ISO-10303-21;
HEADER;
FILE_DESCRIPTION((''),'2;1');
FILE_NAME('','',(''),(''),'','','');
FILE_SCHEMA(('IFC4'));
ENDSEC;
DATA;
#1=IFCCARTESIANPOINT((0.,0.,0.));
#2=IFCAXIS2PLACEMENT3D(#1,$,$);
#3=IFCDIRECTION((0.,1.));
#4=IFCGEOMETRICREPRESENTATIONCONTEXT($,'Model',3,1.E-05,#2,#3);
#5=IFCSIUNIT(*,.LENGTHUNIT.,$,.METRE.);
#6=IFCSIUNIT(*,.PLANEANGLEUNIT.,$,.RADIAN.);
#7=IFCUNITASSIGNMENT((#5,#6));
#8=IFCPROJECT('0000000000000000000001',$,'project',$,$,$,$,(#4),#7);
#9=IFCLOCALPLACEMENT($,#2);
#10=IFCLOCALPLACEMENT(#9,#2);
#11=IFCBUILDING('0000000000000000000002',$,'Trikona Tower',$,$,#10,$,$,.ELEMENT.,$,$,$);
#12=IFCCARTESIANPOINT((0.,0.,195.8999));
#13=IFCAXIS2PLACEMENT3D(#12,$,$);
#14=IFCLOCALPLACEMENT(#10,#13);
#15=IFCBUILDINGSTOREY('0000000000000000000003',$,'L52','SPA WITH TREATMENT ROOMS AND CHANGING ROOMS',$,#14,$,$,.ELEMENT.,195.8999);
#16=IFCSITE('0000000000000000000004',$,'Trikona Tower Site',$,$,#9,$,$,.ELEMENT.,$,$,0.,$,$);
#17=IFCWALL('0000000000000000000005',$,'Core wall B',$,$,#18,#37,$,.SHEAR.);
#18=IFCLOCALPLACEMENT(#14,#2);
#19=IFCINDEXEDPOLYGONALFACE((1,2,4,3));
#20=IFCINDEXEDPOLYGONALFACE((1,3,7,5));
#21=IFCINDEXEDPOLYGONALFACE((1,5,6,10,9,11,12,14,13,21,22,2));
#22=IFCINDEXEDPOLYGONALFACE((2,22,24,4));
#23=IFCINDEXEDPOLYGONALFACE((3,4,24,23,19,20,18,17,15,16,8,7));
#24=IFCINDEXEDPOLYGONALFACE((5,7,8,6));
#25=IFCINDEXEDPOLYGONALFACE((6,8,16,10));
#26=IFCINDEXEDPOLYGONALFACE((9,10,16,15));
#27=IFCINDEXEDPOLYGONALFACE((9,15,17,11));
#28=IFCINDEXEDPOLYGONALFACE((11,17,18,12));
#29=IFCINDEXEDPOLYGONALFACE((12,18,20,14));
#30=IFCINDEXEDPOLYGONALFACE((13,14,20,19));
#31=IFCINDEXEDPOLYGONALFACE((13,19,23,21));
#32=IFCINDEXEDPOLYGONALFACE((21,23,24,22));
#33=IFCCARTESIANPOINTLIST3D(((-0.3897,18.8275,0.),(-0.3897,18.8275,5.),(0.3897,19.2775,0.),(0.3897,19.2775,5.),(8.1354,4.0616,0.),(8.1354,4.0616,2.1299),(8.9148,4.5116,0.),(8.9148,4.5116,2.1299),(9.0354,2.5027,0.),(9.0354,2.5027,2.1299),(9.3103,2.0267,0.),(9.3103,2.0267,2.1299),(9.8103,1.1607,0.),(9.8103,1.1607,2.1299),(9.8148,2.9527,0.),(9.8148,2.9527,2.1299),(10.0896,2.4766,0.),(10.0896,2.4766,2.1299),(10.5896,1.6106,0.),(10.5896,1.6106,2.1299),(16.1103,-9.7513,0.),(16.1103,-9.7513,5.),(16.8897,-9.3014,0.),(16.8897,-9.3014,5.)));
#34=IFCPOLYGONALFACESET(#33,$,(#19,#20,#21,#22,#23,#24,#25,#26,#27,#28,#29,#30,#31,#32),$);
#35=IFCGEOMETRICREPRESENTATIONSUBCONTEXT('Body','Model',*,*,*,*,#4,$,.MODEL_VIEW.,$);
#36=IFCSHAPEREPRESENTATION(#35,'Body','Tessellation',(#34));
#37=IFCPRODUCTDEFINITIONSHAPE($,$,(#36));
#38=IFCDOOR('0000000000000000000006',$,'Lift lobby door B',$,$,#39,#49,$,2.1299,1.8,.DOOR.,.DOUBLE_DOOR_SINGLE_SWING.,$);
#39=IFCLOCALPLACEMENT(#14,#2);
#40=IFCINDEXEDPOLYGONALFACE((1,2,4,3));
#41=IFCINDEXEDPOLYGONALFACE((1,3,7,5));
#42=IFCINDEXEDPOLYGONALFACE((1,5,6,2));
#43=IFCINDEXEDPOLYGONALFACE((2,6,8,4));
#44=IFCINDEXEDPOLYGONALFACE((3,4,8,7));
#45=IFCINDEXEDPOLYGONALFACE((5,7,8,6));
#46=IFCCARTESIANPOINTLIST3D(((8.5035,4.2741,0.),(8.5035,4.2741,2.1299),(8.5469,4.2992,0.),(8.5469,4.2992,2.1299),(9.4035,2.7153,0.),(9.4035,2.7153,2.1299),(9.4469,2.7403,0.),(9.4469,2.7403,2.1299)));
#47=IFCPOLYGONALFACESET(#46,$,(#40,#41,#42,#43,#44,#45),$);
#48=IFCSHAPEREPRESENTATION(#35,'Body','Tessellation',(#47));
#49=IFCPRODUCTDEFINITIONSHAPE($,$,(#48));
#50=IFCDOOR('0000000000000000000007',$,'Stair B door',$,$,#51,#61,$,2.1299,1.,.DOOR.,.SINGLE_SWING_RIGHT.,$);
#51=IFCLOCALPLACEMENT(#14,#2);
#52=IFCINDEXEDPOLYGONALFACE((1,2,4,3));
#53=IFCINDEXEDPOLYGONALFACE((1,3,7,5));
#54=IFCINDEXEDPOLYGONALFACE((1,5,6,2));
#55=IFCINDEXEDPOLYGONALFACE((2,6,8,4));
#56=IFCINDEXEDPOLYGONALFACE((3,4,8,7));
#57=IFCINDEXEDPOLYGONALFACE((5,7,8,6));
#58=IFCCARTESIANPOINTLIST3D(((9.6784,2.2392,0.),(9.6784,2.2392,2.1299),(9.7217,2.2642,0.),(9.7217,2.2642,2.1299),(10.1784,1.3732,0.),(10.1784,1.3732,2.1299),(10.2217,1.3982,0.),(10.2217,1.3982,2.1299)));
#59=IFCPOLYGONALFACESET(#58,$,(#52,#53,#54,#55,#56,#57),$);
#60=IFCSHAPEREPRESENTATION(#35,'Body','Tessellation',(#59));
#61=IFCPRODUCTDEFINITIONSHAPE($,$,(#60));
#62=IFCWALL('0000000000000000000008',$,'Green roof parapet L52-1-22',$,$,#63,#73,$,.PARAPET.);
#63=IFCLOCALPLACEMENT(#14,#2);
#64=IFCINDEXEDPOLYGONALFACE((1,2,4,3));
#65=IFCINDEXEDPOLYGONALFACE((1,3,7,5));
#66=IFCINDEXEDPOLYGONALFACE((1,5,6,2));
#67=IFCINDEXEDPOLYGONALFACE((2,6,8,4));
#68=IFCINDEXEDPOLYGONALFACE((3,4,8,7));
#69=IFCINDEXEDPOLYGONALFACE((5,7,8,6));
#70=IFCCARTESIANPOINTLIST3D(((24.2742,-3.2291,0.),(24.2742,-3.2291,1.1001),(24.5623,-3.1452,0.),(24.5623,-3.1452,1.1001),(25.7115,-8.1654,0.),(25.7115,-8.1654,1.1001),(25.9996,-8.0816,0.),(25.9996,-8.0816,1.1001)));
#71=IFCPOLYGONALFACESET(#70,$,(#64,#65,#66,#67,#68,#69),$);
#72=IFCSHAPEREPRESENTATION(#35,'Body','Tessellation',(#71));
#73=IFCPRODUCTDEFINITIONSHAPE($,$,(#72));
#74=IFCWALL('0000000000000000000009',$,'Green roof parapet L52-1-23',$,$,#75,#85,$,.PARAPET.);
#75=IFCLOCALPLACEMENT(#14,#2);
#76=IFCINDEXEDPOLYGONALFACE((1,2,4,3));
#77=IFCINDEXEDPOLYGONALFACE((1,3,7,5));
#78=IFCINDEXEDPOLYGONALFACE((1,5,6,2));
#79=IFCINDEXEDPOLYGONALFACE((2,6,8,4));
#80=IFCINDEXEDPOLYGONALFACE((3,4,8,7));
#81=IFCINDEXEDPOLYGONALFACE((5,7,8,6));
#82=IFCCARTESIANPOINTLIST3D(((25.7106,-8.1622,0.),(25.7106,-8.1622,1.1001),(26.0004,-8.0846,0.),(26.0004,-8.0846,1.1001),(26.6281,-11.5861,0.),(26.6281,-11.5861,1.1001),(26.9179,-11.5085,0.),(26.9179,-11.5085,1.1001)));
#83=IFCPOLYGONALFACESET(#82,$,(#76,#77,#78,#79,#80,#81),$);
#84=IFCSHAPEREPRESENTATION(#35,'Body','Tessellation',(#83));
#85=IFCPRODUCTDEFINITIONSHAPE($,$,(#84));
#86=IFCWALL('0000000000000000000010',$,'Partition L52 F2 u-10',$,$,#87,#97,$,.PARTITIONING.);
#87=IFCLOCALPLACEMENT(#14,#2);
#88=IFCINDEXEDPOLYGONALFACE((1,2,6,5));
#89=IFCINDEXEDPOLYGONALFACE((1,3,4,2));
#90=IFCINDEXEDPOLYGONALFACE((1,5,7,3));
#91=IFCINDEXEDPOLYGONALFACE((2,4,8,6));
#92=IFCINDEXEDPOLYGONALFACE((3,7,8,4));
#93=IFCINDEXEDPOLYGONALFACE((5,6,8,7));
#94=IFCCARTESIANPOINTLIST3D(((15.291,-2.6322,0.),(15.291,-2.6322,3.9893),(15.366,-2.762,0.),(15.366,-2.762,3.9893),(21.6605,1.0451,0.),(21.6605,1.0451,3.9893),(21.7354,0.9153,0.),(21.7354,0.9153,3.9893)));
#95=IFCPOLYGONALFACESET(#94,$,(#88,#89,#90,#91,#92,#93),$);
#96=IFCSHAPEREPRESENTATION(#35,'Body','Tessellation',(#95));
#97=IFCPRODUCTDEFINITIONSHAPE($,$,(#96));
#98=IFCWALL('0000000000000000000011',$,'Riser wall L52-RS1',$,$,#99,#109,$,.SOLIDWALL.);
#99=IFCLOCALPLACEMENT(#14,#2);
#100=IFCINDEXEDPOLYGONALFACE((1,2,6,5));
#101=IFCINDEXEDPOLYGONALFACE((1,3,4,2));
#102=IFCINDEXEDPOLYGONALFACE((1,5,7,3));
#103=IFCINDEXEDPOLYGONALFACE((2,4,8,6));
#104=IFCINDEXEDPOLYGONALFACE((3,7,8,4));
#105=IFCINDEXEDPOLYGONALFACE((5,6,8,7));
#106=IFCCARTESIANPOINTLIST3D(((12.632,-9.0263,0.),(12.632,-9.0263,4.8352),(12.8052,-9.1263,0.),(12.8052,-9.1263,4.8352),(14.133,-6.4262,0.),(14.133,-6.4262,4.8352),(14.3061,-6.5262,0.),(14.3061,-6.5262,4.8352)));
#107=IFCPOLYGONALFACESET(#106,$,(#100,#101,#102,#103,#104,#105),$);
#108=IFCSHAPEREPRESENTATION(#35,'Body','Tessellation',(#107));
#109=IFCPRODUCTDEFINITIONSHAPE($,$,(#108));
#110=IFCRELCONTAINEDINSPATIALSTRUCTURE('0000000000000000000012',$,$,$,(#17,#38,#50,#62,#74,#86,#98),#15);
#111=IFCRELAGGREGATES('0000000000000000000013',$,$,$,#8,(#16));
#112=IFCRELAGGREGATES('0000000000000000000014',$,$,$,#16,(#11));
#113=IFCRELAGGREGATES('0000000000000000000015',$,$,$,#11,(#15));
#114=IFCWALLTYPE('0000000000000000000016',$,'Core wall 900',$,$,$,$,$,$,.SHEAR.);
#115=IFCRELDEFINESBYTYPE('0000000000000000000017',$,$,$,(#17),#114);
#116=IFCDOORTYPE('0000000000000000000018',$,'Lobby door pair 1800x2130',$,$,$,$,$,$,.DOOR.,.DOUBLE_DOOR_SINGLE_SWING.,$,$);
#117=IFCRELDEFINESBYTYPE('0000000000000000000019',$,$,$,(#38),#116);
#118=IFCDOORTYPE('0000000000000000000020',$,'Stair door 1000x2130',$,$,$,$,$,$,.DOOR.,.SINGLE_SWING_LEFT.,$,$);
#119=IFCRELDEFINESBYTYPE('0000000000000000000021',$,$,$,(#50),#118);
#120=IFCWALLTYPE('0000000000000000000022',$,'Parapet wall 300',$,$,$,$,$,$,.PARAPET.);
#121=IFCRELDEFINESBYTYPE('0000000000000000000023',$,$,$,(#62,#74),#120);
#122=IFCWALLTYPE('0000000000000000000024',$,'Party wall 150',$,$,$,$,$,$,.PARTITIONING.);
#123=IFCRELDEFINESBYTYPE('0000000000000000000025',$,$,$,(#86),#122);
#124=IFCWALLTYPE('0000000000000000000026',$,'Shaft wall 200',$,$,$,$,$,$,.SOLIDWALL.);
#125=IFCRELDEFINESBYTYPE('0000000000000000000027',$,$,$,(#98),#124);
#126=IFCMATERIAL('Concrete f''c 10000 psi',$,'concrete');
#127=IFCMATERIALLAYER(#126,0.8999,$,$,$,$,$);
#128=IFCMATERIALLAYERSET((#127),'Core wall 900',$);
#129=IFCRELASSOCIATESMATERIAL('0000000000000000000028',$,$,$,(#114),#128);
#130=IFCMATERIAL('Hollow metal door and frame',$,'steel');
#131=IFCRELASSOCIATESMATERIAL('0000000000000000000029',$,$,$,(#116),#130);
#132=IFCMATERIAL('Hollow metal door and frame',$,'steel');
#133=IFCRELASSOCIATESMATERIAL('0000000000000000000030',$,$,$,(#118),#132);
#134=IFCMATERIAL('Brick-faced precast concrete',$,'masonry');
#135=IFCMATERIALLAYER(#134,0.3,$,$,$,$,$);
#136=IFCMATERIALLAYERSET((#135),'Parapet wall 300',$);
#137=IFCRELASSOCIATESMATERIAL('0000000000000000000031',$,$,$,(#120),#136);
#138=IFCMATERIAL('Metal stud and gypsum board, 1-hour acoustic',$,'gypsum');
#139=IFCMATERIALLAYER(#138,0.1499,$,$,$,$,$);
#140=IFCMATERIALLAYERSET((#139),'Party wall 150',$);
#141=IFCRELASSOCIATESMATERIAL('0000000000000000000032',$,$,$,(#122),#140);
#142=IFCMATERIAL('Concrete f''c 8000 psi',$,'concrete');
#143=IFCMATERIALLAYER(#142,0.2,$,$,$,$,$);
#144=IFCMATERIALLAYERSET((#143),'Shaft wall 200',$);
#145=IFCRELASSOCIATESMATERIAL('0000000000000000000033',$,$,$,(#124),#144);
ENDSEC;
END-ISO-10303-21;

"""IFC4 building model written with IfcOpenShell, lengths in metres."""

from ifc_helpers import new_model, si_unit, direction, frame, frame_2d, origin, place, context, subcontext, project, spatial, rectangle, extrude, material, layer, layer_set, type_object, element, fill, save


model = new_model("IFC4")

# Units and contexts
model_context = context("Model", 3, precision=1e-05, world=origin(), true_north=direction((0.0, 1.0)))
body_context = subcontext(model_context, "Body", "Model", "MODEL_VIEW")
ifc_project = project(units=[si_unit("LENGTHUNIT", "METRE"), si_unit("PLANEANGLEUNIT", "RADIAN")], contexts=[model_context])

# Site, building, storey
site_placement = place(None, origin())
site = spatial("IfcSite", under=ifc_project, at=site_placement, Name="Trikona Tower Site", CompositionType="ELEMENT", RefElevation=0.0)
building_placement = place(site_placement, origin())
building = spatial("IfcBuilding", under=site, at=building_placement, Name="Trikona Tower", CompositionType="ELEMENT")
storey_placement = place(building_placement, frame((0.0, 0.0, 195.8999)))
storey = spatial("IfcBuildingStorey", under=building, at=storey_placement, Name="L52", Description="SPA WITH TREATMENT ROOMS AND CHANGING ROOMS", CompositionType="ELEMENT", Elevation=195.8999)

# Wall, openings, doors
ifc_material_1 = material(Name="Concrete f'c 10000 psi", Category="concrete")
ifc_layer_1 = layer(ifc_material_1, 0.8999)
ifc_layer_set_1 = layer_set([ifc_layer_1], Name="Core wall 900")
wall_type_1 = type_object("IfcWallType", Name="Core wall 900", PredefinedType="SHEAR", material=ifc_layer_set_1)
wall_1_placement = place(storey_placement, frame((16.5, -9.5264, 0.0), z_axis=(0.0, 0.0, 1.0), x_axis=(-0.5, 0.866026, 0.0)))
wall_1 = element("IfcWall", 1, at=wall_1_placement, inside=storey, type_object=wall_type_1, Name="Core wall B", PredefinedType="SHEAR", context=body_context, shape_type="SweptSolid", body=[
    extrude(rectangle(XDim=33.0, YDim=0.8999, at=frame_2d((16.5, 0.0))), origin(), (0.0, 0.0, 1.0), 5.0),
])
opening_1_placement = place(wall_1_placement, frame((14.1499, 0.0, 0.0)))
opening_1 = element("IfcOpeningElement", 2, at=opening_1_placement, cuts=wall_1, PredefinedType="OPENING", context=body_context, shape_type="SweptSolid", body=[
    extrude(rectangle(XDim=1.8, YDim=2.1299, at=frame_2d((0.8999, 1.0649))), frame((0.0, 0.46, 0.0), z_axis=(0.0, -1.0, 0.0), x_axis=(1.0, 0.0, 0.0)), (0.0, 0.0, 1.0), 0.9199),
])
opening_2_placement = place(wall_1_placement, frame((12.6001, 0.0, 0.0)))
opening_2 = element("IfcOpeningElement", 3, at=opening_2_placement, cuts=wall_1, PredefinedType="OPENING", context=body_context, shape_type="SweptSolid", body=[
    extrude(rectangle(XDim=1.0, YDim=2.1299, at=frame_2d((0.5, 1.0649))), frame((0.0, 0.46, 0.0), z_axis=(0.0, -1.0, 0.0), x_axis=(1.0, 0.0, 0.0)), (0.0, 0.0, 1.0), 0.9199),
])
ifc_material_2 = material(Name="Hollow metal door and frame", Category="steel")
door_type_1 = type_object("IfcDoorType", Name="Lobby door pair 1800x2130", OperationType="DOUBLE_DOOR_SINGLE_SWING", PredefinedType="DOOR", material=ifc_material_2)
door_1_placement = place(opening_1_placement, origin())
door_1 = element("IfcDoor", 4, at=door_1_placement, inside=storey, type_object=door_type_1, Name="Lift lobby door B", OperationType="DOUBLE_DOOR_SINGLE_SWING", OverallHeight=2.1299, OverallWidth=1.8, PredefinedType="DOOR", context=body_context, shape_type="SweptSolid", body=[
    extrude(rectangle(XDim=1.8, YDim=2.1299, at=frame_2d((0.8999, 1.0649))), frame((0.0, 0.0249, 0.0), z_axis=(0.0, -1.0, 0.0), x_axis=(1.0, 0.0, 0.0)), (0.0, 0.0, 1.0), 0.05),
])
fill(opening_1, door_1)
ifc_material_3 = material(Name="Hollow metal door and frame", Category="steel")
door_type_2 = type_object("IfcDoorType", Name="Stair door 1000x2130", OperationType="SINGLE_SWING_LEFT", PredefinedType="DOOR", material=ifc_material_3)
door_2_placement = place(opening_2_placement, origin())
door_2 = element("IfcDoor", 5, at=door_2_placement, inside=storey, type_object=door_type_2, Name="Stair B door", OperationType="SINGLE_SWING_RIGHT", OverallHeight=2.1299, OverallWidth=1.0, PredefinedType="DOOR", context=body_context, shape_type="SweptSolid", body=[
    extrude(rectangle(XDim=1.0, YDim=2.1299, at=frame_2d((0.5, 1.0649))), frame((0.0, 0.0249, 0.0), z_axis=(0.0, -1.0, 0.0), x_axis=(1.0, 0.0, 0.0)), (0.0, 0.0, 1.0), 0.05),
])
fill(opening_2, door_2)

# Walls
ifc_material_4 = material(Name="Brick-faced precast concrete", Category="masonry")
ifc_layer_2 = layer(ifc_material_4, 0.3)
ifc_layer_set_2 = layer_set([ifc_layer_2], Name="Parapet wall 300")
wall_type_2 = type_object("IfcWallType", Name="Parapet wall 300", PredefinedType="PARAPET", material=ifc_layer_set_2)
wall_2_placement = place(storey_placement, frame((24.4182, -3.187, 0.0), z_axis=(0.0, 0.0, 1.0), x_axis=(0.279553, -0.96013, 0.0)))
element("IfcWall", 6, at=wall_2_placement, inside=storey, type_object=wall_type_2, Name="Green roof parapet L52-1-22", PredefinedType="PARAPET", context=body_context, shape_type="SweptSolid", body=[
    extrude(rectangle(XDim=5.1414, YDim=0.3, at=frame_2d((2.5708, 0.0))), origin(), (0.0, 0.0, 1.0), 1.1001),
])
wall_3_placement = place(storey_placement, frame((25.8555, -8.1233, 0.0), z_axis=(0.0, 0.0, 1.0), x_axis=(0.258837, -0.965921, 0.0)))
element("IfcWall", 7, at=wall_3_placement, inside=storey, type_object=wall_type_2, Name="Green roof parapet L52-1-23", PredefinedType="PARAPET", context=body_context, shape_type="SweptSolid", body=[
    extrude(rectangle(XDim=3.5447, YDim=0.3, at=frame_2d((1.7725, 0.0))), origin(), (0.0, 0.0, 1.0), 1.1001),
])
ifc_material_5 = material(Name="Metal stud and gypsum board, 1-hour acoustic", Category="gypsum")
ifc_layer_3 = layer(ifc_material_5, 0.1499)
ifc_layer_set_3 = layer_set([ifc_layer_3], Name="Party wall 150")
wall_type_3 = type_object("IfcWallType", Name="Party wall 150", PredefinedType="PARTITIONING", material=ifc_layer_set_3)
wall_4_placement = place(storey_placement, frame((15.3286, -2.697, 0.0), z_axis=(0.0, 0.0, 1.0), x_axis=(0.866032, 0.499988, 0.0)))
element("IfcWall", 8, at=wall_4_placement, inside=storey, type_object=wall_type_3, Name="Partition L52 F2 u-10", PredefinedType="PARTITIONING", context=body_context, shape_type="SweptSolid", body=[
    extrude(rectangle(XDim=7.3547, YDim=0.1499, at=frame_2d((3.6772, 0.0))), origin(), (0.0, 0.0, 1.0), 3.9893),
])
ifc_material_6 = material(Name="Concrete f'c 8000 psi", Category="concrete")
ifc_layer_4 = layer(ifc_material_6, 0.2)
ifc_layer_set_4 = layer_set([ifc_layer_4], Name="Shaft wall 200")
wall_type_4 = type_object("IfcWallType", Name="Shaft wall 200", PredefinedType="SOLIDWALL", material=ifc_layer_set_4)
wall_5_placement = place(storey_placement, frame((14.2195, -6.4763, 0.0), z_axis=(0.0, 0.0, 1.0), x_axis=(-0.499952, -0.866053, 0.0)))
element("IfcWall", 9, at=wall_5_placement, inside=storey, type_object=wall_type_4, Name="Riser wall L52-RS1", PredefinedType="SOLIDWALL", context=body_context, shape_type="SweptSolid", body=[
    extrude(rectangle(XDim=3.0022, YDim=0.2, at=frame_2d((1.501, 0.0))), origin(), (0.0, 0.0, 1.0), 4.8352),
])

save(model, "model.ifc")
